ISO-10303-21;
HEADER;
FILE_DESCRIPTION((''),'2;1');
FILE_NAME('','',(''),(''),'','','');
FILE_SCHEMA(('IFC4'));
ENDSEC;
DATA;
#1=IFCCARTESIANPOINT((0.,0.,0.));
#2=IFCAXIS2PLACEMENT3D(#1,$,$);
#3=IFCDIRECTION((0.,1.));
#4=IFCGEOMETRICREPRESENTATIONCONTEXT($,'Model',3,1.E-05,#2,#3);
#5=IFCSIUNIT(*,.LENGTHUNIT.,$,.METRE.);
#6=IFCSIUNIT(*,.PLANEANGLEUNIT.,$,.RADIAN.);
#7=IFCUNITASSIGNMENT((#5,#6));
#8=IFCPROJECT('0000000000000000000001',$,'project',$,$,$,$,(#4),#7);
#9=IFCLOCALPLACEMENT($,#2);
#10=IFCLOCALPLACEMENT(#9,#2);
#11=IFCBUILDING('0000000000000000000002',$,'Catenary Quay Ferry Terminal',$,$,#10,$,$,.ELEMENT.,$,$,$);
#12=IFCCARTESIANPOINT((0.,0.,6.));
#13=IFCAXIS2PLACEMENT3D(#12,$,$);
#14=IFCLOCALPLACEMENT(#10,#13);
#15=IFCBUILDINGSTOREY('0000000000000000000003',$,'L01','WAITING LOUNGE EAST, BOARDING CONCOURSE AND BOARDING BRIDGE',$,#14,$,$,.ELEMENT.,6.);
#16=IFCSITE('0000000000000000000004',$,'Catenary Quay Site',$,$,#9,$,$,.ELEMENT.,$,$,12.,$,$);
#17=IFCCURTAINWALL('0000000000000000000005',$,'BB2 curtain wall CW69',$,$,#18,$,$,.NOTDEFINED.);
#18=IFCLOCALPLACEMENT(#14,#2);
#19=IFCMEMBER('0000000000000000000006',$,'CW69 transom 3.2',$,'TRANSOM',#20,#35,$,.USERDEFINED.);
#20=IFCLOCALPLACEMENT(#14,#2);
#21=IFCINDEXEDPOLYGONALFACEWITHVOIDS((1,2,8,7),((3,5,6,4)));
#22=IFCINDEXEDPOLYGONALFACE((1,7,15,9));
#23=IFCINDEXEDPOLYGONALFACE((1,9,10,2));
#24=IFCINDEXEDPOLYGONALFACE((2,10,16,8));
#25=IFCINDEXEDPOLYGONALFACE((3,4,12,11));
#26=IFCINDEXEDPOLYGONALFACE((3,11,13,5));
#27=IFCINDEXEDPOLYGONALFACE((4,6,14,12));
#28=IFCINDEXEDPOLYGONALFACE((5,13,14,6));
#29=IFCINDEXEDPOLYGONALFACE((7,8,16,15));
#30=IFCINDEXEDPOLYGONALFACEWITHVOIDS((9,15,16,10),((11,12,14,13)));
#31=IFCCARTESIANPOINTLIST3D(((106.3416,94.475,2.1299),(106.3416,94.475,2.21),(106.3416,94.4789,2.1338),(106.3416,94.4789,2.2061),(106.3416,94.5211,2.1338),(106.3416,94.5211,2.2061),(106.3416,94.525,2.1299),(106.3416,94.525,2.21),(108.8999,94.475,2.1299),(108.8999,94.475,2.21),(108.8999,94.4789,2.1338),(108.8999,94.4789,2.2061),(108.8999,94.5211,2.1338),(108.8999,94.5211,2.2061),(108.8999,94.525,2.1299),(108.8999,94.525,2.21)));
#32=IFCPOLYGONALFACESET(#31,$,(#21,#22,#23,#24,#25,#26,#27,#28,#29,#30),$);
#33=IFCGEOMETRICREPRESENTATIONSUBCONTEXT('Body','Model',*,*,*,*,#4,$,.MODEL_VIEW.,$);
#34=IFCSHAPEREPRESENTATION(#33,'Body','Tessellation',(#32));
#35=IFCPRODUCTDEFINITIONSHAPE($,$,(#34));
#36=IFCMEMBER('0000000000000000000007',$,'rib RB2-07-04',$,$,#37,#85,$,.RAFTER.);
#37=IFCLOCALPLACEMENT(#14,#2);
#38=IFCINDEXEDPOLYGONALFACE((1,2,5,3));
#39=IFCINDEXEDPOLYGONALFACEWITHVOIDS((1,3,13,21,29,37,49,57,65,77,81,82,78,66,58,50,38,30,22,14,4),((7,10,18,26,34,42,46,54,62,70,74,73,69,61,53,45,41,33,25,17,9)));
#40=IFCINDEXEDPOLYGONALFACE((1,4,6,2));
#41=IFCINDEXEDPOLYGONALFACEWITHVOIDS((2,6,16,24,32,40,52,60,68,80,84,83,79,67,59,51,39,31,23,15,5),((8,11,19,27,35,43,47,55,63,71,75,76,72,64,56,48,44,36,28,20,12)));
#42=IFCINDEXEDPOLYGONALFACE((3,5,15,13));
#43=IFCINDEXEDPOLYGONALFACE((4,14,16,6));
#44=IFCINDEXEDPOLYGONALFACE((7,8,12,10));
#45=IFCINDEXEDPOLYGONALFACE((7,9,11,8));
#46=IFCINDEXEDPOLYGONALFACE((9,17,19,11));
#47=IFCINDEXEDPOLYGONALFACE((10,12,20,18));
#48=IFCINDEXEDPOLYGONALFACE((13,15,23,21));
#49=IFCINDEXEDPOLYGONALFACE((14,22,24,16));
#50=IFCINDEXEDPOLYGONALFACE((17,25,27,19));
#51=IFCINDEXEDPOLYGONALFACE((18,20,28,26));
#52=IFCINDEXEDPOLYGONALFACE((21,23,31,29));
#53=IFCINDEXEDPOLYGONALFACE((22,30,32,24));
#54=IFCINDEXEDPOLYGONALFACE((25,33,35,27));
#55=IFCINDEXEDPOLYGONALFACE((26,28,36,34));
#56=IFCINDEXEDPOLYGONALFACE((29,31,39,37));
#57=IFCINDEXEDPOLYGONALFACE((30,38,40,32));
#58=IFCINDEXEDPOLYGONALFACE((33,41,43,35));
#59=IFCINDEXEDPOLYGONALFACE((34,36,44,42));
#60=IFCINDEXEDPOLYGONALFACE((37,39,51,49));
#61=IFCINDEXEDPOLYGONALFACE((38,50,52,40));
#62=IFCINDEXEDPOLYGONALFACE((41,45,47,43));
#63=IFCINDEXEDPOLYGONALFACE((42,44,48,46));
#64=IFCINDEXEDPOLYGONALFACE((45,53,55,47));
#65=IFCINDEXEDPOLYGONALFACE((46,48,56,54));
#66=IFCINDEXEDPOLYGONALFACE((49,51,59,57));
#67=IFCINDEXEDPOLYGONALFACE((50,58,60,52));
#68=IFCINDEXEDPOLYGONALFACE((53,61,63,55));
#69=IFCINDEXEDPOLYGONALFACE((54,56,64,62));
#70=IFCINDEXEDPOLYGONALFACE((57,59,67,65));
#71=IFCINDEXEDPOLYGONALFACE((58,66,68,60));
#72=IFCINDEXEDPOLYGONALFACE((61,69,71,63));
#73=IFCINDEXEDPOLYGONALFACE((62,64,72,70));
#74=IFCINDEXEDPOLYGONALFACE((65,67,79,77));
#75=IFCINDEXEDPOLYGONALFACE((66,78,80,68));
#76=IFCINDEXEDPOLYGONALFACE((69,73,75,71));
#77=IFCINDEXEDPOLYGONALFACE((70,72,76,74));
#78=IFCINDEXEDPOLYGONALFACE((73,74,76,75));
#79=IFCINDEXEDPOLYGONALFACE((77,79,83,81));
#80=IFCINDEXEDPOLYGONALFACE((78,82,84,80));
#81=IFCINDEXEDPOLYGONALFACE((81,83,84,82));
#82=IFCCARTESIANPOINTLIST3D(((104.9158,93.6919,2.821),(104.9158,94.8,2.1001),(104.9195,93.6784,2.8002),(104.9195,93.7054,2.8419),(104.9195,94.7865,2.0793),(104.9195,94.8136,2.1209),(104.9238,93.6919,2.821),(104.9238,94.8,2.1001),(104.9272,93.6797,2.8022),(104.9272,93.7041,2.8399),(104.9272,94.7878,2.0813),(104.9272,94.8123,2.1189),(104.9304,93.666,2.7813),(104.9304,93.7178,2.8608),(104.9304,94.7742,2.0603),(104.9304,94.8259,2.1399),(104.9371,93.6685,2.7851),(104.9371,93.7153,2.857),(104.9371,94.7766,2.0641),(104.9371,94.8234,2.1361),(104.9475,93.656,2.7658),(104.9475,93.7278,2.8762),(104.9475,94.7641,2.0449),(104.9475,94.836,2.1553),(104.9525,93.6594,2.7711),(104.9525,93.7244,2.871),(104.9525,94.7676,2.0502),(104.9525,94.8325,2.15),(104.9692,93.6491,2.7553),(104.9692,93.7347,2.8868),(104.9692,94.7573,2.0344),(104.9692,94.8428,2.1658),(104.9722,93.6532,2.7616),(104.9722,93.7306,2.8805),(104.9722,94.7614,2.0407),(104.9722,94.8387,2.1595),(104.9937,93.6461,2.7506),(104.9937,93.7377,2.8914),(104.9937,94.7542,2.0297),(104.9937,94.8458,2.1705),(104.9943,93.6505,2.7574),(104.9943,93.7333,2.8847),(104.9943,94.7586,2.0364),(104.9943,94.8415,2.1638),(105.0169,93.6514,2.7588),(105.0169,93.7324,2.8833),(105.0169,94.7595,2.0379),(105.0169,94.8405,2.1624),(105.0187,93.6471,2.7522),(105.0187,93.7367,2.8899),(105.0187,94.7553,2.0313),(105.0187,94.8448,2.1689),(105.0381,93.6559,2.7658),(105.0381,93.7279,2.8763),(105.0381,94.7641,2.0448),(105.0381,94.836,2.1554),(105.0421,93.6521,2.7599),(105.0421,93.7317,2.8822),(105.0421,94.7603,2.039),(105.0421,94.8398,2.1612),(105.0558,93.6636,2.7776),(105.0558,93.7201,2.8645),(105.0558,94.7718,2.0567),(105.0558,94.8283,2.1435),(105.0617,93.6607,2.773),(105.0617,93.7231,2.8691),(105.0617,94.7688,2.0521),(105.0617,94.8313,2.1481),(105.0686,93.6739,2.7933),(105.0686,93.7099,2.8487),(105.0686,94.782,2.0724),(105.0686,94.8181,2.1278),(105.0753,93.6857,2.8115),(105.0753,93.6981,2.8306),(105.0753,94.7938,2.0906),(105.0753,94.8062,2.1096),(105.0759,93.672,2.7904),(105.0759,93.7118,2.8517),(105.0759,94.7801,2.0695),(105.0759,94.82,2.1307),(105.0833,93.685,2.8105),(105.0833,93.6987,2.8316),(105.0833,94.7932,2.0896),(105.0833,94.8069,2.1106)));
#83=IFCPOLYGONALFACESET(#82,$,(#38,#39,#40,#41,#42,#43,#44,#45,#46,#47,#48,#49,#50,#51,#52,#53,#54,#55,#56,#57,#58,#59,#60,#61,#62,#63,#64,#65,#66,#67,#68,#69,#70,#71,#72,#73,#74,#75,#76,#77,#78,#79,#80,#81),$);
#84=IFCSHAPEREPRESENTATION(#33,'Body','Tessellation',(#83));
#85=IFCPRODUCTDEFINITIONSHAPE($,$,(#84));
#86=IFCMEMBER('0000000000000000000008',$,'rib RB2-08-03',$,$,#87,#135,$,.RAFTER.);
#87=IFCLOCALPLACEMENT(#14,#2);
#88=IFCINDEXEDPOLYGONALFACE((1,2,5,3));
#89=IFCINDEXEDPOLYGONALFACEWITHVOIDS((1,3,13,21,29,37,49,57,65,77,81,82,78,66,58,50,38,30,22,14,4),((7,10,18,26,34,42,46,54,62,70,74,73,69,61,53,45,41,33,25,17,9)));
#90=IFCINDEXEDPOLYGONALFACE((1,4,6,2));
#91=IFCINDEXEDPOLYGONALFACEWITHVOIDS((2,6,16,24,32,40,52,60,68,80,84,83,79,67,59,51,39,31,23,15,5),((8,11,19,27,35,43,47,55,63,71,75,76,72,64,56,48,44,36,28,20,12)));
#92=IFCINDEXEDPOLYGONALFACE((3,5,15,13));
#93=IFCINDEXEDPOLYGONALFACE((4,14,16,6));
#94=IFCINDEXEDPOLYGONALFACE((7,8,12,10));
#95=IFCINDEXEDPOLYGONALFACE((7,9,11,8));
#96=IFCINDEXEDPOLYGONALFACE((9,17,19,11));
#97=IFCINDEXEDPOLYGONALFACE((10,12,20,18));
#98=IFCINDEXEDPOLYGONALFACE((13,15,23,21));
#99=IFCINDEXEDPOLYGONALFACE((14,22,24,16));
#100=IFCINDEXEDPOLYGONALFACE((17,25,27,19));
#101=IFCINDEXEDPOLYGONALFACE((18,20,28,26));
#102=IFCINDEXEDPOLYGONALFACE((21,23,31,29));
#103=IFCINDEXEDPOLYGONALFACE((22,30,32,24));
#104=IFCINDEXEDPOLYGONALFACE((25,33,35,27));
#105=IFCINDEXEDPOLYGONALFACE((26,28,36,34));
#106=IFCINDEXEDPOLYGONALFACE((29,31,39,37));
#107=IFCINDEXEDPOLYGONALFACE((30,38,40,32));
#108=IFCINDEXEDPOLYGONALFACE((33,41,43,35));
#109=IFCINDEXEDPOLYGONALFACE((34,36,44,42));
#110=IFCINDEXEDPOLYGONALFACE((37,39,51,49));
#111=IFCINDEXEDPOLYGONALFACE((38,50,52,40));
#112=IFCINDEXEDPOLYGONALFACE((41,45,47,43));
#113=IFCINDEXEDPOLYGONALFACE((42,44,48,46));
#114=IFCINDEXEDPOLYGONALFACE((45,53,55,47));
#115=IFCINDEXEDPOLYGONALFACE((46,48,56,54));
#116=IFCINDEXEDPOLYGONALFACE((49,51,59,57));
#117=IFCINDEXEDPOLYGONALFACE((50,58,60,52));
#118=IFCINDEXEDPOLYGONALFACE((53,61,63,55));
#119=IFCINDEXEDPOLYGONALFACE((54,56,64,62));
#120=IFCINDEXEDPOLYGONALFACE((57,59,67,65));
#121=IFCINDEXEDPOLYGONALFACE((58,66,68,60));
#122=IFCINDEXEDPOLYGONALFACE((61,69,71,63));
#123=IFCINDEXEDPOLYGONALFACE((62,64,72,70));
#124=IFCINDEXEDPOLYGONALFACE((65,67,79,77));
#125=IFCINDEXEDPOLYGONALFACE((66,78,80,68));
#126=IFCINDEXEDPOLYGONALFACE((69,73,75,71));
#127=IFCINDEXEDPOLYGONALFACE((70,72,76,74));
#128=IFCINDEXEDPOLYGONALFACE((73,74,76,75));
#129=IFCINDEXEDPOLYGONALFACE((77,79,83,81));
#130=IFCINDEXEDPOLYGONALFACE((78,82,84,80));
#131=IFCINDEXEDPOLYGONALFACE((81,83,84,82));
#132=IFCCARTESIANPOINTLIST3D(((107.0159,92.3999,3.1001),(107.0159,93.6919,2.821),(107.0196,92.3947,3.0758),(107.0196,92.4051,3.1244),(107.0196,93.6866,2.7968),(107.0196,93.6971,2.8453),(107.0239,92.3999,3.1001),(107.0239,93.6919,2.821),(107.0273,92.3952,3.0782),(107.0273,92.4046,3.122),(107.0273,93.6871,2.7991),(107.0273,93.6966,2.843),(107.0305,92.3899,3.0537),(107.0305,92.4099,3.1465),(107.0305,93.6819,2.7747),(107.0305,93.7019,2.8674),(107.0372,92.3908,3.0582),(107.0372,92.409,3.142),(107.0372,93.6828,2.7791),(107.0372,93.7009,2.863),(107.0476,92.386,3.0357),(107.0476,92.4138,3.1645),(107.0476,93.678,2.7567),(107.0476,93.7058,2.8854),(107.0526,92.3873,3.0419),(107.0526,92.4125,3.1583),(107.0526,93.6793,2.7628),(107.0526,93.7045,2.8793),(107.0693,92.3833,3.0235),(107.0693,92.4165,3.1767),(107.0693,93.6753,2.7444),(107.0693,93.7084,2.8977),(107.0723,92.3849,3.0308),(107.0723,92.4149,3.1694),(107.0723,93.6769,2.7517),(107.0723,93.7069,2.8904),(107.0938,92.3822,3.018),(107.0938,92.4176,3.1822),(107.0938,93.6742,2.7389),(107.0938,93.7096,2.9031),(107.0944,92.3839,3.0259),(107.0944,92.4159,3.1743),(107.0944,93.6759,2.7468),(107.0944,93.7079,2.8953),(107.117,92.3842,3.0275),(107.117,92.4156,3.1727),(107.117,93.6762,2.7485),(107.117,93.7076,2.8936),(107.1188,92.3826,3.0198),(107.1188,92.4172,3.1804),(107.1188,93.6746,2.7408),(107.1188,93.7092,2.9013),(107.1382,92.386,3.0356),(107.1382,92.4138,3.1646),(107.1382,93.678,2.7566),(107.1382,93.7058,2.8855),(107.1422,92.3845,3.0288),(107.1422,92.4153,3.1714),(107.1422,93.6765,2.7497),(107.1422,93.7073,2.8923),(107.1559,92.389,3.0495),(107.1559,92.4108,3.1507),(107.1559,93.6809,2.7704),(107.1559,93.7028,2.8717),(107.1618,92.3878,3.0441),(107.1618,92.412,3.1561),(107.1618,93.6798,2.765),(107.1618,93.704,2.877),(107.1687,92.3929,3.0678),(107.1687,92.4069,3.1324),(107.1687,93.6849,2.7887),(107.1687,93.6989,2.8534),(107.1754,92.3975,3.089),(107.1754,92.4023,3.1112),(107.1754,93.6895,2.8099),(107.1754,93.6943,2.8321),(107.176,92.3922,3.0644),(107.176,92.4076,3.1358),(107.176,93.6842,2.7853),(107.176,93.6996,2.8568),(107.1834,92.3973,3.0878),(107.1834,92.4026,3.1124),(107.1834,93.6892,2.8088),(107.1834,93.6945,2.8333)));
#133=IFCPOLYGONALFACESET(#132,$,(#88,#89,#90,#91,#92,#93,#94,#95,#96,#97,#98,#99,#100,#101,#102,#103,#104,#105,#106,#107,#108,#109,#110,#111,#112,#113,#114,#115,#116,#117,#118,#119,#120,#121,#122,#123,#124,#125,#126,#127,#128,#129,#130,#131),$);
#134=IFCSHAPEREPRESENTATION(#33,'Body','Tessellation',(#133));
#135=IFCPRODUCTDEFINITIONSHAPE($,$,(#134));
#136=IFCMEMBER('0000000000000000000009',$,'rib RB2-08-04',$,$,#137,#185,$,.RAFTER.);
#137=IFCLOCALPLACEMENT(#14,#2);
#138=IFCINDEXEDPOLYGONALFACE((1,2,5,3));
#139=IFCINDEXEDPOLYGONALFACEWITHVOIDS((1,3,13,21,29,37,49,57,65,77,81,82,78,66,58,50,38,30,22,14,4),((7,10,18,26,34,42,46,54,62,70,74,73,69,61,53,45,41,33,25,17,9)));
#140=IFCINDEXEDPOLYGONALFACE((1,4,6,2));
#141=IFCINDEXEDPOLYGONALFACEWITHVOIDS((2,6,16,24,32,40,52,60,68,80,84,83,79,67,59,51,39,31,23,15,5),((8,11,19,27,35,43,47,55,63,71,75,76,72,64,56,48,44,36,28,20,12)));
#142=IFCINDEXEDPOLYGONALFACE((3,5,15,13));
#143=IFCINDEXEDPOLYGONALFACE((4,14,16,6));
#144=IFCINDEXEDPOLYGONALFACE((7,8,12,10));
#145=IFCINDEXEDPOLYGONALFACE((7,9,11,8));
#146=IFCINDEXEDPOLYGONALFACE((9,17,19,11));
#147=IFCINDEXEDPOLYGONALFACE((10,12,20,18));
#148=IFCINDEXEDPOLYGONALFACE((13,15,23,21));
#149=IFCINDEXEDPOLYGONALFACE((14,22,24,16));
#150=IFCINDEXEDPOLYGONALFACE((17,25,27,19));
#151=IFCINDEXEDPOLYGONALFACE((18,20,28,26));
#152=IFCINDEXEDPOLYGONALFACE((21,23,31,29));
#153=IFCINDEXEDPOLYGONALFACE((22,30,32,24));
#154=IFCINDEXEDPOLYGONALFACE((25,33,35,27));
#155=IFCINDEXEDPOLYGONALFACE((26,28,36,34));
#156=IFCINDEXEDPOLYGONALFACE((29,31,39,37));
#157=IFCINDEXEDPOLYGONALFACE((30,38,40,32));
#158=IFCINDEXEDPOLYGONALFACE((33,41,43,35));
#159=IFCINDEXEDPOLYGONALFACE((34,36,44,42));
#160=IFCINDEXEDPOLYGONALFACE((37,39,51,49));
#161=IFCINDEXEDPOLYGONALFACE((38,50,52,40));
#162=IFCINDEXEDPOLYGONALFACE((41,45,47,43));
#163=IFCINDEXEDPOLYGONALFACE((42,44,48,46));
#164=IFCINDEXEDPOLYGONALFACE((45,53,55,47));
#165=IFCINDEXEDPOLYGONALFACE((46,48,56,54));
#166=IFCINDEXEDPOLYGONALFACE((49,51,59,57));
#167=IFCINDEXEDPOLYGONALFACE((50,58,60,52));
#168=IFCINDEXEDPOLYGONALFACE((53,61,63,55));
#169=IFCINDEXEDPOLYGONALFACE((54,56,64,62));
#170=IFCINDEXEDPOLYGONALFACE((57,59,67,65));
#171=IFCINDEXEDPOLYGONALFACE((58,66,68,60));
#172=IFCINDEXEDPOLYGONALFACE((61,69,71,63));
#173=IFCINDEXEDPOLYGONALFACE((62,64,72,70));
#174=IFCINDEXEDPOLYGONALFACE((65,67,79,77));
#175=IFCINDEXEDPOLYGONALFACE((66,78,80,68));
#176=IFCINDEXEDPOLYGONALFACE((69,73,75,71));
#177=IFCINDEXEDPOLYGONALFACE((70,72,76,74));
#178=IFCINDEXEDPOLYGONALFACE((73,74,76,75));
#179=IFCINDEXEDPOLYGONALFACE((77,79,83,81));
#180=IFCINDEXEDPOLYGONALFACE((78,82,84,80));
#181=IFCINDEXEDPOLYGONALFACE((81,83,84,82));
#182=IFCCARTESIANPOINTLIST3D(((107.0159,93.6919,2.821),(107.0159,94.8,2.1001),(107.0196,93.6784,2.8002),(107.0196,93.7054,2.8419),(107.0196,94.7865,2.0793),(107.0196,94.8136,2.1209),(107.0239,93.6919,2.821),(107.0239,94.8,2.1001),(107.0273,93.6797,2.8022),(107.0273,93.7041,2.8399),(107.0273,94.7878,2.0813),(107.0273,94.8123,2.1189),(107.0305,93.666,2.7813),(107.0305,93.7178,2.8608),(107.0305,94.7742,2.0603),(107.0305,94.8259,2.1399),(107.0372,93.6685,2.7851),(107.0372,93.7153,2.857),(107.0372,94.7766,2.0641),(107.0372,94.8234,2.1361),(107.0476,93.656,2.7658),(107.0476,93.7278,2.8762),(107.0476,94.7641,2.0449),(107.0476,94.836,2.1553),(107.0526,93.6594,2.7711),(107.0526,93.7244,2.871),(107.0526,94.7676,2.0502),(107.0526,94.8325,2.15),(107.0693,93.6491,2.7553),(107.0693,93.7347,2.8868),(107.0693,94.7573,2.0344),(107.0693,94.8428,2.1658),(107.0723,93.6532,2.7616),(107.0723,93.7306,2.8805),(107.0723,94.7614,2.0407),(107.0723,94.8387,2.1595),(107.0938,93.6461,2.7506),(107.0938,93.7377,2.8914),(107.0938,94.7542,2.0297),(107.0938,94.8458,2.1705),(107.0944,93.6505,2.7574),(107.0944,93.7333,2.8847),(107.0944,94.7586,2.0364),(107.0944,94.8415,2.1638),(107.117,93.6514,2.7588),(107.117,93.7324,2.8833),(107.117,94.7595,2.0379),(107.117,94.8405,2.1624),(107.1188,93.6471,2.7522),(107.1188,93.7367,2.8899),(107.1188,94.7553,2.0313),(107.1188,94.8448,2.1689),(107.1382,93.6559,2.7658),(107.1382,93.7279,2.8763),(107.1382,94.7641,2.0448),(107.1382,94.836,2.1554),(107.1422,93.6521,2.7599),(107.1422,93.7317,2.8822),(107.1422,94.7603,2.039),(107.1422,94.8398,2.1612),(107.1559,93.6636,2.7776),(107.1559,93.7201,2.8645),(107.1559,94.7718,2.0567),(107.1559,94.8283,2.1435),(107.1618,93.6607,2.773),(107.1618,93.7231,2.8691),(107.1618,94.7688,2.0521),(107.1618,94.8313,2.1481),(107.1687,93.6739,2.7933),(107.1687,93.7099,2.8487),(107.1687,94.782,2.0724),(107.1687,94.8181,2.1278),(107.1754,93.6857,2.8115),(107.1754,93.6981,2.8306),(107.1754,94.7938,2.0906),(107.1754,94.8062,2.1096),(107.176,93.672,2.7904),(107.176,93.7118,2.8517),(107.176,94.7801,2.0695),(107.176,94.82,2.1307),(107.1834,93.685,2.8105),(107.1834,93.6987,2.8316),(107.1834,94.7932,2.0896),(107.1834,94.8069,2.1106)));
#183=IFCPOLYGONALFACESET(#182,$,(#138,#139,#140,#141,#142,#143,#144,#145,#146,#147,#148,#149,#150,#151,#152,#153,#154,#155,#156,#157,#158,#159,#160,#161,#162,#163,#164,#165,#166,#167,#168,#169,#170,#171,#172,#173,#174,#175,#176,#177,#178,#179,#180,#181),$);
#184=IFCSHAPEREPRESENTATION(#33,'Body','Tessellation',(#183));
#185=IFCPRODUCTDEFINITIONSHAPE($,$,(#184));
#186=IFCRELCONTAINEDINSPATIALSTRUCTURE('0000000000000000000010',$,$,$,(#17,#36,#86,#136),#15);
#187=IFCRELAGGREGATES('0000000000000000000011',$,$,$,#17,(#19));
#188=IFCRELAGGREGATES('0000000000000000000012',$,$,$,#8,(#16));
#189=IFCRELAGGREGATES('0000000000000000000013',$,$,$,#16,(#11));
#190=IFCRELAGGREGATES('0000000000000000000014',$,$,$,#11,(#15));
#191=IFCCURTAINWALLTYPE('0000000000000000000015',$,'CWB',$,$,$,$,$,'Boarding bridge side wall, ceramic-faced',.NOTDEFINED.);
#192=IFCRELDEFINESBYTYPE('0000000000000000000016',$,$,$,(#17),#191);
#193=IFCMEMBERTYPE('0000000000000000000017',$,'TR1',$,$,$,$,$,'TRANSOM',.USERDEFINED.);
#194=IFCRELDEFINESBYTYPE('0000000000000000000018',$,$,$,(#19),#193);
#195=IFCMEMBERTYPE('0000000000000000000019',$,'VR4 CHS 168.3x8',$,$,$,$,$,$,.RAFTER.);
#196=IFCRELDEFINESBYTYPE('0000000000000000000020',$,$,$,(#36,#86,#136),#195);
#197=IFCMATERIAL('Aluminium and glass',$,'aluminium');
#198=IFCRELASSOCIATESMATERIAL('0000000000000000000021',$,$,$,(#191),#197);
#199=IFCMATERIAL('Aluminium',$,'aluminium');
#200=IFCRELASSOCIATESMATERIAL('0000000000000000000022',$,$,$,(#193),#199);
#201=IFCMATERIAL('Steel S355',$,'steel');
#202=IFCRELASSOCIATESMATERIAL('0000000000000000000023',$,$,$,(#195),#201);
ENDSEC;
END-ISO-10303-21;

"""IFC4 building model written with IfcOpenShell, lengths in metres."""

from ifc_helpers import new_model, si_unit, direction, frame, origin, origin_2d, place, context, subcontext, project, spatial, hollow_rectangle, hollow_circle, extrude, material, material_profile, profile_set, type_object, element, aggregate, save


model = new_model("IFC4")

# Units and contexts
model_context = context("Model", 3, precision=1e-05, world=origin(), true_north=direction((0.0, 1.0)))
body_context = subcontext(model_context, "Body", "Model", "MODEL_VIEW")
ifc_project = project(units=[si_unit("LENGTHUNIT", "METRE"), si_unit("PLANEANGLEUNIT", "RADIAN")], contexts=[model_context])

# Site, building, storey
site_placement = place(None, origin())
site = spatial("IfcSite", under=ifc_project, at=site_placement, Name="Catenary Quay Site", CompositionType="ELEMENT", RefElevation=12.0)
building_placement = place(site_placement, origin())
building = spatial("IfcBuilding", under=site, at=building_placement, Name="Catenary Quay Ferry Terminal", CompositionType="ELEMENT")
storey_placement = place(building_placement, frame((0.0, 0.0, 6.0)))
storey = spatial("IfcBuildingStorey", under=building, at=storey_placement, Name="L01", Description="WAITING LOUNGE EAST, BOARDING CONCOURSE AND BOARDING BRIDGE", CompositionType="ELEMENT", Elevation=6.0)

# Curtain wall
ifc_material_1 = material(Name="Aluminium and glass", Category="aluminium")
curtain_wall_type = type_object("IfcCurtainWallType", Name="CWB", ElementType="Boarding bridge side wall, ceramic-faced", PredefinedType="NOTDEFINED", material=ifc_material_1)
curtain_wall_placement = place(storey_placement, origin())
curtain_wall = element("IfcCurtainWall", 1, at=curtain_wall_placement, inside=storey, type_object=curtain_wall_type, Name="BB2 curtain wall CW69", PredefinedType="NOTDEFINED")

# Member
ifc_material_2 = material(Name="Aluminium", Category="aluminium")
ifc_material_profile_1 = material_profile(ifc_material_2, hollow_rectangle(XDim=0.05, YDim=0.0801, WallThickness=0.0039, at=origin_2d()), Name="TR1")
ifc_profile_set_1 = profile_set([ifc_material_profile_1], Name="Aluminium")
member_type_1 = type_object("IfcMemberType", Name="TR1", ElementType="TRANSOM", PredefinedType="USERDEFINED", material=ifc_profile_set_1)
member_1_placement = place(storey_placement, frame((106.3416, 94.5, 2.1699), z_axis=(1.0, 0.0, 0.0), x_axis=(0.0, 1.0, 0.0)))
member_1 = element("IfcMember", 2, at=member_1_placement, type_object=member_type_1, Name="CW69 transom 3.2", ObjectType="TRANSOM", PredefinedType="USERDEFINED", context=body_context, shape_type="SweptSolid", body=[
    extrude(hollow_rectangle(XDim=0.05, YDim=0.0801, WallThickness=0.0039, at=origin_2d()), origin(), (0.0, 0.0, 1.0), 2.5583),
])

# Members
ifc_material_3 = material(Name="Steel S355", Category="steel")
ifc_material_profile_2 = material_profile(ifc_material_3, hollow_circle(Radius=0.0842, WallThickness=0.0081, at=origin_2d()), Name="CHS 168.3x8")
ifc_profile_set_2 = profile_set([ifc_material_profile_2], Name="Steel S355")
member_type_2 = type_object("IfcMemberType", Name="VR4 CHS 168.3x8", PredefinedType="RAFTER", material=ifc_profile_set_2)
member_2_placement = place(storey_placement, frame((105.0, 93.6919, 2.821), z_axis=(0.0, 0.83822, -0.545332), x_axis=(-1.0, 0.0, 0.0)))
element("IfcMember", 3, at=member_2_placement, inside=storey, type_object=member_type_2, Name="rib RB2-07-04", PredefinedType="RAFTER", context=body_context, shape_type="SweptSolid", body=[
    extrude(hollow_circle(Radius=0.0842, WallThickness=0.0081, at=origin_2d()), origin(), (0.0, 0.0, 1.0), 1.322),
])
member_3_placement = place(storey_placement, frame((107.1001, 92.3999, 3.1001), z_axis=(0.0, 0.977461, -0.211118), x_axis=(-1.0, 0.0, 0.0)))
element("IfcMember", 4, at=member_3_placement, inside=storey, type_object=member_type_2, Name="rib RB2-08-03", PredefinedType="RAFTER", context=body_context, shape_type="SweptSolid", body=[
    extrude(hollow_circle(Radius=0.0842, WallThickness=0.0081, at=origin_2d()), origin(), (0.0, 0.0, 1.0), 1.3218),
])
member_4_placement = place(storey_placement, frame((107.1001, 93.6919, 2.821), z_axis=(0.0, 0.83822, -0.545332), x_axis=(-1.0, 0.0, 0.0)))
element("IfcMember", 5, at=member_4_placement, inside=storey, type_object=member_type_2, Name="rib RB2-08-04", PredefinedType="RAFTER", context=body_context, shape_type="SweptSolid", body=[
    extrude(hollow_circle(Radius=0.0842, WallThickness=0.0081, at=origin_2d()), origin(), (0.0, 0.0, 1.0), 1.322),
])

aggregate(curtain_wall, [member_1])

save(model, "model.ifc")
